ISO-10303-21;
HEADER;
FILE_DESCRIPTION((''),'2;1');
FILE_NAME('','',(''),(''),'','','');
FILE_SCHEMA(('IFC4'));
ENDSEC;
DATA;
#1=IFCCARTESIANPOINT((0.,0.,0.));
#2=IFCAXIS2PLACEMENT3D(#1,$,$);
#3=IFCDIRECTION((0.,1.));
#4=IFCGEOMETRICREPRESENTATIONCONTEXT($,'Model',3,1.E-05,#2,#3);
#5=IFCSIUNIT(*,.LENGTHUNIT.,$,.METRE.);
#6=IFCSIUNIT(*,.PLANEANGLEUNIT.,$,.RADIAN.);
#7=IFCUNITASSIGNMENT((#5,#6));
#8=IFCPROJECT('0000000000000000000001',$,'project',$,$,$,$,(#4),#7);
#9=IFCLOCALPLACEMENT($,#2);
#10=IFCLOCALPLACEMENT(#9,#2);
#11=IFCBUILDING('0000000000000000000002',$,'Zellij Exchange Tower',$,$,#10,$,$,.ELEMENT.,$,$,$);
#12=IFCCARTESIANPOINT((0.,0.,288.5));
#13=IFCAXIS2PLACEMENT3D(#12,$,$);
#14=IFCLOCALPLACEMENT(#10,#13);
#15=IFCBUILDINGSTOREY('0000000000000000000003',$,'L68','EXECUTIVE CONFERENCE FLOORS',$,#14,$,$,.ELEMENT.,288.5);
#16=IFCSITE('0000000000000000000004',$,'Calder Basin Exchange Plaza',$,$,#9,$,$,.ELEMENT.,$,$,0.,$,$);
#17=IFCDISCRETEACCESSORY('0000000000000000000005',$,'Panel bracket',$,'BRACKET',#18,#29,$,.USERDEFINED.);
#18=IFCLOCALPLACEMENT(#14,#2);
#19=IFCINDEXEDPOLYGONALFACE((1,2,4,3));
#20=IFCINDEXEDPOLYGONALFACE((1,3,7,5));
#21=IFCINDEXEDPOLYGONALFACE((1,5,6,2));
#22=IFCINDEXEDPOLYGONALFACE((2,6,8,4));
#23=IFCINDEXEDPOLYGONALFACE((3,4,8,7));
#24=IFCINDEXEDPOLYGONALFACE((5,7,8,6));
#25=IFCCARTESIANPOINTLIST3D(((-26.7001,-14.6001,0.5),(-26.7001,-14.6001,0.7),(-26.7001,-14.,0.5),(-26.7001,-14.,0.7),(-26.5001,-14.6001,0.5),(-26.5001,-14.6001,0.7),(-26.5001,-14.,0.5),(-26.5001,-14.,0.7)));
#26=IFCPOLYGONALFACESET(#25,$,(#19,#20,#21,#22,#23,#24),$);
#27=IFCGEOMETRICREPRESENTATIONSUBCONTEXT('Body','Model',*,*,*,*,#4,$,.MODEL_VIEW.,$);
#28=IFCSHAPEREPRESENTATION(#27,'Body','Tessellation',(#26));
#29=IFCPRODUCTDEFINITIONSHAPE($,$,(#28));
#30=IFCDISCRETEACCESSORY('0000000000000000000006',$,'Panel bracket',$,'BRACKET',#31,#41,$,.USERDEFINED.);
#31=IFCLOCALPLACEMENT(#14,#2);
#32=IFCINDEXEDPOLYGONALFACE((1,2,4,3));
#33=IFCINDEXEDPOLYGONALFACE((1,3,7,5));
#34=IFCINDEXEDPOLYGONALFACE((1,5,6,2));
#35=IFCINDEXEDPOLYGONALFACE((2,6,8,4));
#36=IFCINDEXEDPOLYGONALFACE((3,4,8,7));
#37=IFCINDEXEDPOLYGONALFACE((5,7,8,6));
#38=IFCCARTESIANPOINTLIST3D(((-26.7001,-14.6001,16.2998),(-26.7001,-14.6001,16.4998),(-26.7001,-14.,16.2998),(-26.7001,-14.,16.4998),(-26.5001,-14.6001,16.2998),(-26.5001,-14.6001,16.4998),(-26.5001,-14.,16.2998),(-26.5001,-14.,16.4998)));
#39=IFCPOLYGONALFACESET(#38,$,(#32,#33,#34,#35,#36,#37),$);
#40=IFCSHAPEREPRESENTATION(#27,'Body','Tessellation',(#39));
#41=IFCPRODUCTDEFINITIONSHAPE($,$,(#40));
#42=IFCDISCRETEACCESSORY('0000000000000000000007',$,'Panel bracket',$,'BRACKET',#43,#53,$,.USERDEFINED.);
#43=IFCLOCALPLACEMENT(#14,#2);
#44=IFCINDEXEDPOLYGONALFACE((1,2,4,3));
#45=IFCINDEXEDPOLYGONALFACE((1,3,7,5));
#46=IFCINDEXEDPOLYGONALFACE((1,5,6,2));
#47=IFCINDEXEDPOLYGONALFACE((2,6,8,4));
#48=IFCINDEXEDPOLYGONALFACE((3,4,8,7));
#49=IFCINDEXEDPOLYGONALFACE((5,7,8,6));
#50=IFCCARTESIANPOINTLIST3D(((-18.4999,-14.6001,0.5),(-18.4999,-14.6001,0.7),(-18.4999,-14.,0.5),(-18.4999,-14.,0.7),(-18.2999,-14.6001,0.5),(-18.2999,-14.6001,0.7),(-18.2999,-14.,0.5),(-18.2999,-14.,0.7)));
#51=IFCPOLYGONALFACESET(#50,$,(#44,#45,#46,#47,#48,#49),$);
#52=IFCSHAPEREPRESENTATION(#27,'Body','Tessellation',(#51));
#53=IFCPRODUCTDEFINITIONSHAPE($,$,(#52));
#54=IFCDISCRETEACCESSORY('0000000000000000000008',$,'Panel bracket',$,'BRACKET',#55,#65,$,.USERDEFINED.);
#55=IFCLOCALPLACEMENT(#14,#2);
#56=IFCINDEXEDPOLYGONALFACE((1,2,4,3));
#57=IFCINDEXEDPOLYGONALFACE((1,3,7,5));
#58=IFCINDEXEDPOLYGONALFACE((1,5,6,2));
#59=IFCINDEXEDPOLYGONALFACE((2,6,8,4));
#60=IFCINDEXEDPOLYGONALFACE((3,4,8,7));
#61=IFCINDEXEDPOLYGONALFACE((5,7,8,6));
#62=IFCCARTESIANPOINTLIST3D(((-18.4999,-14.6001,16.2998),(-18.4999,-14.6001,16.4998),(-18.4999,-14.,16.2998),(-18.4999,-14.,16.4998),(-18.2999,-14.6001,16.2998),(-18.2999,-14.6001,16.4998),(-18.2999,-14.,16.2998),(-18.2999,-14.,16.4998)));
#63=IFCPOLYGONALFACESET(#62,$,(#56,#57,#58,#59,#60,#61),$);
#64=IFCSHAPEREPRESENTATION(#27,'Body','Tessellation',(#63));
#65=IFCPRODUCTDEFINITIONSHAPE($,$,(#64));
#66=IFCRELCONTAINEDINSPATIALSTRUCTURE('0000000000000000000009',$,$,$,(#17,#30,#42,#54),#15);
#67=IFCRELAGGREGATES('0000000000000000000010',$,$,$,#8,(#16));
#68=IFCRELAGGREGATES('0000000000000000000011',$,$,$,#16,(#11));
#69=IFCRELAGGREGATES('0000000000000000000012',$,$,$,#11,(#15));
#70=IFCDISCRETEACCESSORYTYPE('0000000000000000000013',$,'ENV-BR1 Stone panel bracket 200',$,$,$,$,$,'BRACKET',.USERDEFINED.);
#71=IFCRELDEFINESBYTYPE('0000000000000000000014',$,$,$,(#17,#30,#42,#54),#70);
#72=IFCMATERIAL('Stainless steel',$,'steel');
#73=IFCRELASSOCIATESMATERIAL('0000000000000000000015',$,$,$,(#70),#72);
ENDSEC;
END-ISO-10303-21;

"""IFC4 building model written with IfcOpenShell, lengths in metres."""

from ifc_helpers import new_model, si_unit, direction, frame, origin, origin_2d, place, context, subcontext, project, spatial, rectangle, extrude, material, type_object, element, save


model = new_model("IFC4")

# Units and contexts
model_context = context("Model", 3, precision=1e-05, world=origin(), true_north=direction((0.0, 1.0)))
body_context = subcontext(model_context, "Body", "Model", "MODEL_VIEW")
ifc_project = project(units=[si_unit("LENGTHUNIT", "METRE"), si_unit("PLANEANGLEUNIT", "RADIAN")], contexts=[model_context])

# Site, building, storey
site_placement = place(None, origin())
site = spatial("IfcSite", under=ifc_project, at=site_placement, Name="Calder Basin Exchange Plaza", CompositionType="ELEMENT", RefElevation=0.0)
building_placement = place(site_placement, origin())
building = spatial("IfcBuilding", under=site, at=building_placement, Name="Zellij Exchange Tower", CompositionType="ELEMENT")
storey_placement = place(building_placement, frame((0.0, 0.0, 288.5)))
storey = spatial("IfcBuildingStorey", under=building, at=storey_placement, Name="L68", Description="EXECUTIVE CONFERENCE FLOORS", CompositionType="ELEMENT", Elevation=288.5)

# Shared definitions
ifc_material_1 = material(Name="Stainless steel", Category="steel")

# Discrete accessories
discrete_accessory_type = type_object("IfcDiscreteAccessoryType", Name="ENV-BR1 Stone panel bracket 200", ElementType="BRACKET", PredefinedType="USERDEFINED", material=ifc_material_1)
for number, where, z_axis, x_axis, name in (
    (1, (-26.6001, -14.3, 0.5), (0.0, 0.0, 1.0), (1.0, 0.0, 0.0), "Panel bracket"),
    (2, (-26.6001, -14.3, 16.2998), (0.0, 0.0, 1.0), (1.0, 0.0, 0.0), "Panel bracket"),
    (3, (-18.3999, -14.3, 0.5), (0.0, 0.0, 1.0), (1.0, 0.0, 0.0), "Panel bracket"),
    (4, (-18.3999, -14.3, 16.2998), (0.0, 0.0, 1.0), (1.0, 0.0, 0.0), "Panel bracket"),
):
    element("IfcDiscreteAccessory", number, at=place(storey_placement, frame(where, z_axis=z_axis, x_axis=x_axis)), inside=storey, type_object=discrete_accessory_type, Name=name, ObjectType="BRACKET", PredefinedType="USERDEFINED", context=body_context, shape_type="SweptSolid", body=[
        extrude(rectangle(XDim=0.2, YDim=0.6001, at=origin_2d()), origin(), (0.0, 0.0, 1.0), 0.2),
    ])

save(model, "model.ifc")
